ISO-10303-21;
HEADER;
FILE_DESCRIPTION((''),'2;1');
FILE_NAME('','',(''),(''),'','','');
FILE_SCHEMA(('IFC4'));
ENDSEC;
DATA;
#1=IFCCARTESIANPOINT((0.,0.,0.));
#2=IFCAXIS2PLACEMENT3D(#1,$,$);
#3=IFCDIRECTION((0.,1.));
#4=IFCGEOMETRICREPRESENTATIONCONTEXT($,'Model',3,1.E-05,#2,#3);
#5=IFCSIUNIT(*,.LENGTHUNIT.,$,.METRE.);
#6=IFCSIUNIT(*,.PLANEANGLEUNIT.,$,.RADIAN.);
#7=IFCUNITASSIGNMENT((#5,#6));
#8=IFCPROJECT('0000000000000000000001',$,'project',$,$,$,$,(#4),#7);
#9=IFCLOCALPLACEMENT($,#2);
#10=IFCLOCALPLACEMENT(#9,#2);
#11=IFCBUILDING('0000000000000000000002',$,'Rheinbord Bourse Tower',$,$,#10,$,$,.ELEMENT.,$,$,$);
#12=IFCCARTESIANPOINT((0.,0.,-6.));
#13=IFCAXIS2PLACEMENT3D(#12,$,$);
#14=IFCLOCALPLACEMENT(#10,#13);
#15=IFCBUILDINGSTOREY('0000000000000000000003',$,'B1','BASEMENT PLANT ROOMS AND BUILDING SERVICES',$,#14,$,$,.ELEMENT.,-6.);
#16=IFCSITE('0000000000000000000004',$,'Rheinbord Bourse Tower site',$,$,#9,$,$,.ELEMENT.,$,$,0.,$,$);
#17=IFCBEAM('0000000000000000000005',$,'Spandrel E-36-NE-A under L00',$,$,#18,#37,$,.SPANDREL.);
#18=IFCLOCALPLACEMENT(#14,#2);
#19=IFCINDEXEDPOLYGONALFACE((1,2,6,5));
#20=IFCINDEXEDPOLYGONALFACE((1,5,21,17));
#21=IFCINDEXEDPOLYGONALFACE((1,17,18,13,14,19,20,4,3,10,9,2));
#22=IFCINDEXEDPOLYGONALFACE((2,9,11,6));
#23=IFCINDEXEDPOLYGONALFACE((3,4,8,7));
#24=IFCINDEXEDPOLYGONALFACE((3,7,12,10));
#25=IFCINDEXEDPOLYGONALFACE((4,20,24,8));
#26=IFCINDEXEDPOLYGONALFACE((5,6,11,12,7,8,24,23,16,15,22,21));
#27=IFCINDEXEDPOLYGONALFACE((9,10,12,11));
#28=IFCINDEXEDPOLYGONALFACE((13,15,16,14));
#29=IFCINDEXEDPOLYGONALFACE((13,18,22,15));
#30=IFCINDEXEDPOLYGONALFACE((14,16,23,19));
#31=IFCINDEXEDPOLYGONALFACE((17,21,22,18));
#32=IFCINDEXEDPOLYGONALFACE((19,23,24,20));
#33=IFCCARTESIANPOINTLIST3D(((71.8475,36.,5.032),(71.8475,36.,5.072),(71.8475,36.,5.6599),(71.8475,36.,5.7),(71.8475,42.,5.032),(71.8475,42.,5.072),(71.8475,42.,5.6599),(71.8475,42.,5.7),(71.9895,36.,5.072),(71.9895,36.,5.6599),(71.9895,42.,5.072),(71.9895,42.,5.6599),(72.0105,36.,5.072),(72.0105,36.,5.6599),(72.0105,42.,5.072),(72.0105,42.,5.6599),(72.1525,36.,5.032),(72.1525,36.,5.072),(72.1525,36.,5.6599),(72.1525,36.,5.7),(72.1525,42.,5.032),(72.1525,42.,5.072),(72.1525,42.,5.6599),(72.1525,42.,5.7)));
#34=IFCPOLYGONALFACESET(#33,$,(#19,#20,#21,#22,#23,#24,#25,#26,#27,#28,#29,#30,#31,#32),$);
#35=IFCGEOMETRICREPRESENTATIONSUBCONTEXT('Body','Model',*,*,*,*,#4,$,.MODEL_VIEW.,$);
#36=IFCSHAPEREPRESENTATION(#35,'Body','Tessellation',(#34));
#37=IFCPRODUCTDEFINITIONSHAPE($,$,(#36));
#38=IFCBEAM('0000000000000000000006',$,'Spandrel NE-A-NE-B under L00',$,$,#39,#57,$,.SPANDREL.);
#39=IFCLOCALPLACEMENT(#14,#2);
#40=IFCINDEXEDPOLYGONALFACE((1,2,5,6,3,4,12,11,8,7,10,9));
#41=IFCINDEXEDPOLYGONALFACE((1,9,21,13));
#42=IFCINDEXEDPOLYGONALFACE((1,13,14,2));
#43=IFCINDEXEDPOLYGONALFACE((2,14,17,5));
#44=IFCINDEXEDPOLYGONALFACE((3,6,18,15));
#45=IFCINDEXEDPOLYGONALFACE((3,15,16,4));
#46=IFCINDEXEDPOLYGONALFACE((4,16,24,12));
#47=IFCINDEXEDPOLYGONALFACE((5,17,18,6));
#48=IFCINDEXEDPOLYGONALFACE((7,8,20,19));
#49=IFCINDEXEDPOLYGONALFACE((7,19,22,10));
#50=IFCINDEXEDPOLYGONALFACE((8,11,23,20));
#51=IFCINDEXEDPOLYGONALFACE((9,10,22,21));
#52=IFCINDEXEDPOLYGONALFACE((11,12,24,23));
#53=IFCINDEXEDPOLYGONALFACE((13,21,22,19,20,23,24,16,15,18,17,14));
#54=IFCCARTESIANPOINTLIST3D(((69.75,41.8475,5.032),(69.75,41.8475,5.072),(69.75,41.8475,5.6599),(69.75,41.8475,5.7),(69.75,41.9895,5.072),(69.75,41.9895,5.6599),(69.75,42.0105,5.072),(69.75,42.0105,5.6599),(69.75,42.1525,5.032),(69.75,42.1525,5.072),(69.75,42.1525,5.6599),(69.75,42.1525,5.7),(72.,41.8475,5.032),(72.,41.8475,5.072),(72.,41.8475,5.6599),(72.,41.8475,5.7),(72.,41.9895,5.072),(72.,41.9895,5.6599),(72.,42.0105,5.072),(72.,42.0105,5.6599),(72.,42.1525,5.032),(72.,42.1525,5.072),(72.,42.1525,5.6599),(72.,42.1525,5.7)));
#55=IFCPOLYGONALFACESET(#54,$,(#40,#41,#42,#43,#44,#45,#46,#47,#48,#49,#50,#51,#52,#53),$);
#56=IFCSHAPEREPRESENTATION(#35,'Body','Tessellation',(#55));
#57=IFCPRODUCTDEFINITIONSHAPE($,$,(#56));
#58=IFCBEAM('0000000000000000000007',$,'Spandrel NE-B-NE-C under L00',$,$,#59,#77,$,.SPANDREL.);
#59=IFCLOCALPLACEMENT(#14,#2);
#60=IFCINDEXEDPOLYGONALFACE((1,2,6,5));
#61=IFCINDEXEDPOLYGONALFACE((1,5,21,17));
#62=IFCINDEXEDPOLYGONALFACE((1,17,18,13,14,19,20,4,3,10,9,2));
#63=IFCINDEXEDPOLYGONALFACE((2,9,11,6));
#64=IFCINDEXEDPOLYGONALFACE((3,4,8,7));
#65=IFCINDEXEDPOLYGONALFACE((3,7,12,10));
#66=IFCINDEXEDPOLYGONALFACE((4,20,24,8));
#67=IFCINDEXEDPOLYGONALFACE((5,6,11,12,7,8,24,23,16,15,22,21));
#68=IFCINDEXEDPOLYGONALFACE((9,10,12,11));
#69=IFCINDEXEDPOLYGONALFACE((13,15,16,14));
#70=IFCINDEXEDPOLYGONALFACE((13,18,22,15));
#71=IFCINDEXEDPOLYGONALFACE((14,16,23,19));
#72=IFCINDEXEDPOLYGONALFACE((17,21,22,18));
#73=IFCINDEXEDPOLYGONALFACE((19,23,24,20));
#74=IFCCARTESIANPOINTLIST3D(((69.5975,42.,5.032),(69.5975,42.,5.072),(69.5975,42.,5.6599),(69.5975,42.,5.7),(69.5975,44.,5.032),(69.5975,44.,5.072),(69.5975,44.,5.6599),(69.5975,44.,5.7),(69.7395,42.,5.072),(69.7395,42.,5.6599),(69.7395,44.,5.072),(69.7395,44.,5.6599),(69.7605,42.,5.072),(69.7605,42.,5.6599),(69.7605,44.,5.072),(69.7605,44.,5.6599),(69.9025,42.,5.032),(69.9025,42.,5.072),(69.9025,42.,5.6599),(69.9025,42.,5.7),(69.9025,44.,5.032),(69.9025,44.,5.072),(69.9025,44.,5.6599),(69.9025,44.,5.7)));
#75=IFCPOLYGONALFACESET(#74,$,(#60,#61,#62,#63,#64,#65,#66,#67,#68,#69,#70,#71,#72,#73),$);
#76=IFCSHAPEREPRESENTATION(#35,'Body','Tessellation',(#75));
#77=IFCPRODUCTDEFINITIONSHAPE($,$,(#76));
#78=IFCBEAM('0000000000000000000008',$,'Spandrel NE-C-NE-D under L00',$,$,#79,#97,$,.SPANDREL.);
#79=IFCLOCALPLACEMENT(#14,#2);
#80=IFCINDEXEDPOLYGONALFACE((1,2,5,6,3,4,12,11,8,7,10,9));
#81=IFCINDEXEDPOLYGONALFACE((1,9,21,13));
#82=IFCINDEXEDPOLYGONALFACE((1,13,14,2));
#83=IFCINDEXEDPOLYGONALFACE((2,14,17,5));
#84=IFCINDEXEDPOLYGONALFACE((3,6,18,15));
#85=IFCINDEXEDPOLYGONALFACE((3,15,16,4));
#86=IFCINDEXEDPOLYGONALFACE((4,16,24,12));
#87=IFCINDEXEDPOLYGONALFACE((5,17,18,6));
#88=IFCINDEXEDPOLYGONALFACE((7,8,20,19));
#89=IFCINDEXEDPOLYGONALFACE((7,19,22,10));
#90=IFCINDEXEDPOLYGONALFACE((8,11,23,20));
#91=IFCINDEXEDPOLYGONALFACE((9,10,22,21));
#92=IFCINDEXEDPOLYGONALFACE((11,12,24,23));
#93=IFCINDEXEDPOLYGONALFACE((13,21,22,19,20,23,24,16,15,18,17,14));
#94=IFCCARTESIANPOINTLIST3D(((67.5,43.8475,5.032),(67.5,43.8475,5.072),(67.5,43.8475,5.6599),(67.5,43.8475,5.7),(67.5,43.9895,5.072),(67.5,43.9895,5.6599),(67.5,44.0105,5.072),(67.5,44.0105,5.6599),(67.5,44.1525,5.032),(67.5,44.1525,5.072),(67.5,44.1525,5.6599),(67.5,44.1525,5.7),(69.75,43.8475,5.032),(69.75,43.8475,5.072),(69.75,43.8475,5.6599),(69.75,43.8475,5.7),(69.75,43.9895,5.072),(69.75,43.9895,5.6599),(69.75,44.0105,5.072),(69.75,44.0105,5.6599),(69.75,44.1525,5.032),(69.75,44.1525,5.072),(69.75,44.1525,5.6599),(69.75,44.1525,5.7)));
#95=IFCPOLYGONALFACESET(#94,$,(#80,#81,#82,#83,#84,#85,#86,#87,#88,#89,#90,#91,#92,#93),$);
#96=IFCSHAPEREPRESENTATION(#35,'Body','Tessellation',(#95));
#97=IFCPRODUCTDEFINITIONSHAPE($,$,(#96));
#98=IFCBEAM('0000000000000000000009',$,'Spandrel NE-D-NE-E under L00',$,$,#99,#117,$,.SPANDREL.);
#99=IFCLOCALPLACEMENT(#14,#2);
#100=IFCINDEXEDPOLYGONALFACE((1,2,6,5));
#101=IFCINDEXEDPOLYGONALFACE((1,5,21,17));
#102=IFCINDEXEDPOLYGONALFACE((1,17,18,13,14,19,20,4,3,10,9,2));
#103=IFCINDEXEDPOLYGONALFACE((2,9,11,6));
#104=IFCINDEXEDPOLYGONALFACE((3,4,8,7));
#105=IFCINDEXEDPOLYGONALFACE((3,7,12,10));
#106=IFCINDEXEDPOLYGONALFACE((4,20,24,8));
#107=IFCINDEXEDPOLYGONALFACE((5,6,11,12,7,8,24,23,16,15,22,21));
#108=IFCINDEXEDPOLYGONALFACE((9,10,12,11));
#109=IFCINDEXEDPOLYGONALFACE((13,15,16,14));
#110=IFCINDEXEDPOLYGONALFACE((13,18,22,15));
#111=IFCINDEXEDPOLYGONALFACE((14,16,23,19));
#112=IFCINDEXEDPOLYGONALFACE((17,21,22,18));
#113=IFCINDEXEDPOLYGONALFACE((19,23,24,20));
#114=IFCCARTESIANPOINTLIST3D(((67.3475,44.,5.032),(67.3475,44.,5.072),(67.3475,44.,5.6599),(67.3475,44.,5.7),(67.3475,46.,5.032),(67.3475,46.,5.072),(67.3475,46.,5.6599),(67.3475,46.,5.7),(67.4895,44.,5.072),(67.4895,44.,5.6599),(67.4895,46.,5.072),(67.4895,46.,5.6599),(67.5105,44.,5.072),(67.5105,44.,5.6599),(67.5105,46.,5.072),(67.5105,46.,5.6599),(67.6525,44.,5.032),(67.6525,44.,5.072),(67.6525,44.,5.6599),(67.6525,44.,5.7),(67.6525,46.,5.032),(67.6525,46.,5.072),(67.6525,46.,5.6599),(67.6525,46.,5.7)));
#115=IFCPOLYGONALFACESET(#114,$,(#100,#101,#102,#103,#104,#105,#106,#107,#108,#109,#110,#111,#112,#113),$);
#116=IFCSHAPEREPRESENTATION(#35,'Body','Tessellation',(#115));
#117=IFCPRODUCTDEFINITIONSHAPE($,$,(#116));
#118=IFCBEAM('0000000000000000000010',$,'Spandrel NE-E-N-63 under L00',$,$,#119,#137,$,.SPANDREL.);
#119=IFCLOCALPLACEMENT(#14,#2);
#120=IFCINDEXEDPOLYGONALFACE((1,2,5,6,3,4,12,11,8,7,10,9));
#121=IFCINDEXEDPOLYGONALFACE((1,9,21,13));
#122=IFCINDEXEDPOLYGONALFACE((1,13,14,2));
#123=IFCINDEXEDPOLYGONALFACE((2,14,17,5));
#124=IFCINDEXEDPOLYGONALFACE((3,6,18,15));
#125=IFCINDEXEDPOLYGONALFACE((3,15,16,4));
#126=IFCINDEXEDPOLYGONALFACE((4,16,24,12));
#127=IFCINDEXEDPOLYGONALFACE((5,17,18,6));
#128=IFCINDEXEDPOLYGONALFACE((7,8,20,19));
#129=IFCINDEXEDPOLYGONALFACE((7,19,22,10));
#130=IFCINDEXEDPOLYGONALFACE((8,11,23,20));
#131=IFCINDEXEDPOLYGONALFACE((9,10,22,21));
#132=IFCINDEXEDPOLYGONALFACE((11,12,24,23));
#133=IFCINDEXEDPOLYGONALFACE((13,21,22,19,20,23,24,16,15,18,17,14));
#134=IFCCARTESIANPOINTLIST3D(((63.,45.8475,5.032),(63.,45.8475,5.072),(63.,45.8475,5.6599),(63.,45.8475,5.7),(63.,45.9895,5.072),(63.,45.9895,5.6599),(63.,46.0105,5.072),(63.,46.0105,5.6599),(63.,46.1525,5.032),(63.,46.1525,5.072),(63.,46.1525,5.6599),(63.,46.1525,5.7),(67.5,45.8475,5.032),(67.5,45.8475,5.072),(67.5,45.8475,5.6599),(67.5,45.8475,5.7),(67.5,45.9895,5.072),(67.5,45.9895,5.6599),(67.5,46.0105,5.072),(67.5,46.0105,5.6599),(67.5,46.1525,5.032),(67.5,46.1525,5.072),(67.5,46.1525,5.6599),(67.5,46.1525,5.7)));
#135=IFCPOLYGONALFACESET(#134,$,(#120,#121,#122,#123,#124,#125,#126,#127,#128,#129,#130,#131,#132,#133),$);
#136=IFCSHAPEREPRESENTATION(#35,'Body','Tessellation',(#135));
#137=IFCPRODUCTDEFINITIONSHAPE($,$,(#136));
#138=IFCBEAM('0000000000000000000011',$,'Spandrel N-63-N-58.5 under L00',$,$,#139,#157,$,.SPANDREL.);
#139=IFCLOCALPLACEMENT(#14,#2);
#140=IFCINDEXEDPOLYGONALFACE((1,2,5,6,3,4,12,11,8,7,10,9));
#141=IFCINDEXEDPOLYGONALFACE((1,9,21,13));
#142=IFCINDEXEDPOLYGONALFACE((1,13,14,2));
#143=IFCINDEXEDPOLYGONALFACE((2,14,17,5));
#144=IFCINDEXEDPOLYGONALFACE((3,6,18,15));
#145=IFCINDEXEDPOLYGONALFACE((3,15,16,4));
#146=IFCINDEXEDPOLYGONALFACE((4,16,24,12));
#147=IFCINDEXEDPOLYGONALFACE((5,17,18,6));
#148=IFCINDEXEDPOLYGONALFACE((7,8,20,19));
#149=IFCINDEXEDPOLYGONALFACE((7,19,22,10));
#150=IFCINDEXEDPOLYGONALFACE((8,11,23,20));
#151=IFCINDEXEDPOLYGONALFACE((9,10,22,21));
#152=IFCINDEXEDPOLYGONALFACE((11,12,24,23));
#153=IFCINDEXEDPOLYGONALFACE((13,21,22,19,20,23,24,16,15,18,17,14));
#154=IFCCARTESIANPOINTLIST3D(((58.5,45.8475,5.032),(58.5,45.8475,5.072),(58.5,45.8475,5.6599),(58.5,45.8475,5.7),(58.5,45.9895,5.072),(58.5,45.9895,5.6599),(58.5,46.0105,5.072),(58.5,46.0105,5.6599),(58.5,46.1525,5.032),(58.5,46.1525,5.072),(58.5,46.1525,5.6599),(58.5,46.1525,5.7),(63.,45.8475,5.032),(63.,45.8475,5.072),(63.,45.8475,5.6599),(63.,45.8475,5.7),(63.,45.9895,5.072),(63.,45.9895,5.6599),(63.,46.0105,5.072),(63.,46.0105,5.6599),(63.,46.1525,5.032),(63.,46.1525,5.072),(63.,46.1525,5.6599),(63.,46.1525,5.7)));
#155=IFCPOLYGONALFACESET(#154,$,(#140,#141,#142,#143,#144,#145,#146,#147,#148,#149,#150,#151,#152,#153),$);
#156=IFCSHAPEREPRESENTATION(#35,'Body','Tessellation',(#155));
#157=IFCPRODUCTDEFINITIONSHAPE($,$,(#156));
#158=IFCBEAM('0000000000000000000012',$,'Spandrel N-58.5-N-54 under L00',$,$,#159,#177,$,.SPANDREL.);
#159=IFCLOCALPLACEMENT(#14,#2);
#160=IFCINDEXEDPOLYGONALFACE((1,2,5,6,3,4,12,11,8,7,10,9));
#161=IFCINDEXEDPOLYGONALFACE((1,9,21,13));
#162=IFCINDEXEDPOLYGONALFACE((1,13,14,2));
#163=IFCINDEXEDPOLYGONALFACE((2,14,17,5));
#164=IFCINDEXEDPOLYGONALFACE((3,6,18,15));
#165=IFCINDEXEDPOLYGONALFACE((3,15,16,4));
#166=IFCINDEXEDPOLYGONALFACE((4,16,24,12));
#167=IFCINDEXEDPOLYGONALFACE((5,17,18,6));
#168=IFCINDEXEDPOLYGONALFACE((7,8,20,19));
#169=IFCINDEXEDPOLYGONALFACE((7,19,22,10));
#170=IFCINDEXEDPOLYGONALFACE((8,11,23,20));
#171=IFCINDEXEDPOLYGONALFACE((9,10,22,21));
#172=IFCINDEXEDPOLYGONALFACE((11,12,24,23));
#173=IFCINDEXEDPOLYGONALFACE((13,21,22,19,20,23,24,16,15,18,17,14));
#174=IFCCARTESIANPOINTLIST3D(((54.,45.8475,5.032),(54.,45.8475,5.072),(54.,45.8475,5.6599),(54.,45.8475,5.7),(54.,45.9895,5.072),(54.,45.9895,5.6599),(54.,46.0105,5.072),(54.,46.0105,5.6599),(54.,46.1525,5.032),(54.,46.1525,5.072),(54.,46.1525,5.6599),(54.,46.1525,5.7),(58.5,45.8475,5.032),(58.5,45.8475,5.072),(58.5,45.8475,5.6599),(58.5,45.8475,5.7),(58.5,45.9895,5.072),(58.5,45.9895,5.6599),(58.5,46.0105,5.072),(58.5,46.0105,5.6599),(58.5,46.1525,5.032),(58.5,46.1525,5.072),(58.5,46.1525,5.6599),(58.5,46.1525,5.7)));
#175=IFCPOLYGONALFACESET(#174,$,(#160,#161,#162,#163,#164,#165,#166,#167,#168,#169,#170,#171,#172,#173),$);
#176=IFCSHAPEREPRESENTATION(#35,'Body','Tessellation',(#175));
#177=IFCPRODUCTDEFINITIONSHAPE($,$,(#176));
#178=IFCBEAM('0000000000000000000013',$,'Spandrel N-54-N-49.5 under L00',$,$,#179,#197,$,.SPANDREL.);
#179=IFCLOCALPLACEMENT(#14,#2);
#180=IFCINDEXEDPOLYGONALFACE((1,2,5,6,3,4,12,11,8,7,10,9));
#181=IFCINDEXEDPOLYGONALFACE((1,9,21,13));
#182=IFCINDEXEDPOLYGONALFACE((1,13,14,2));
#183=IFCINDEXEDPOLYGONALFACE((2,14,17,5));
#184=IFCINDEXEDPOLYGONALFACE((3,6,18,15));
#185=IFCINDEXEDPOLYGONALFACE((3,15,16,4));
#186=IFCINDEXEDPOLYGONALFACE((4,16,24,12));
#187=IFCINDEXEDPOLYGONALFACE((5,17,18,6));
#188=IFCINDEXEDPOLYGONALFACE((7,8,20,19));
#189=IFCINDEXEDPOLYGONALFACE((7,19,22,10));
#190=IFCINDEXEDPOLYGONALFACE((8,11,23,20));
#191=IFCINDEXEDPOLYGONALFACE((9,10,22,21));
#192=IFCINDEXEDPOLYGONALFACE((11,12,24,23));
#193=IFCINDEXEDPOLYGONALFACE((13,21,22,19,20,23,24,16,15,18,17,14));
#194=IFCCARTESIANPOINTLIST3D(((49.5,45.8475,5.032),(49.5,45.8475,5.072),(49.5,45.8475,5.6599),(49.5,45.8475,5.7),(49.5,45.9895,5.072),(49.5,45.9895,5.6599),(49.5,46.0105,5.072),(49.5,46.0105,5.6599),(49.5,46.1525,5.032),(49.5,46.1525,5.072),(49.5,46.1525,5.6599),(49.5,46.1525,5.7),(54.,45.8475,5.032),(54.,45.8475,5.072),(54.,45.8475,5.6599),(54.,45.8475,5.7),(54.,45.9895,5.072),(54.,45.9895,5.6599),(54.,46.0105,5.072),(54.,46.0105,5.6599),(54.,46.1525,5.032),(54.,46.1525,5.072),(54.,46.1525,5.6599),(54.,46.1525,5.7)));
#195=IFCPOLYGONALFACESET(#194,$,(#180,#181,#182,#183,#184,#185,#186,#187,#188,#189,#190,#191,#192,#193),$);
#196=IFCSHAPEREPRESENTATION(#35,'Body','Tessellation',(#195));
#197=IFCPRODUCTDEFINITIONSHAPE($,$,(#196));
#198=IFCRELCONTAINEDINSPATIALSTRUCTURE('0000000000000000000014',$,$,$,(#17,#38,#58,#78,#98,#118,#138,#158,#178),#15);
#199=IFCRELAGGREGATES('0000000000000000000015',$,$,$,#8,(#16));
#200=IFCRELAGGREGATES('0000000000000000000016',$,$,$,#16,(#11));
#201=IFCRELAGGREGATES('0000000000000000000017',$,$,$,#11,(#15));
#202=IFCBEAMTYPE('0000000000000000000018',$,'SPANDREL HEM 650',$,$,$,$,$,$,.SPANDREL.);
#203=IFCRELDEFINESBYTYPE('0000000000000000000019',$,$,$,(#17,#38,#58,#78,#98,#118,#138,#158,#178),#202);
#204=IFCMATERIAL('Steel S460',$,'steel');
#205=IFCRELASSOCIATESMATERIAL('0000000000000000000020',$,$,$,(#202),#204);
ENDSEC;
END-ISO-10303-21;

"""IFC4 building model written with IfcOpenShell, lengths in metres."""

from ifc_helpers import new_model, si_unit, direction, frame, origin, origin_2d, place, context, subcontext, project, spatial, i_section, extrude, material, material_profile, profile_set, type_object, element, save


model = new_model("IFC4")

# Units and contexts
model_context = context("Model", 3, precision=1e-05, world=origin(), true_north=direction((0.0, 1.0)))
body_context = subcontext(model_context, "Body", "Model", "MODEL_VIEW")
ifc_project = project(units=[si_unit("LENGTHUNIT", "METRE"), si_unit("PLANEANGLEUNIT", "RADIAN")], contexts=[model_context])

# Site, building, storey
site_placement = place(None, origin())
site = spatial("IfcSite", under=ifc_project, at=site_placement, Name="Rheinbord Bourse Tower site", CompositionType="ELEMENT", RefElevation=0.0)
building_placement = place(site_placement, origin())
building = spatial("IfcBuilding", under=site, at=building_placement, Name="Rheinbord Bourse Tower", CompositionType="ELEMENT")
storey_placement = place(building_placement, frame((0.0, 0.0, -6.0)))
storey = spatial("IfcBuildingStorey", under=building, at=storey_placement, Name="B1", Description="BASEMENT PLANT ROOMS AND BUILDING SERVICES", CompositionType="ELEMENT", Elevation=-6.0)

# Beams
ifc_material_1 = material(Name="Steel S460", Category="steel")
ifc_material_profile_1 = material_profile(ifc_material_1, i_section(OverallWidth=0.3049, OverallDepth=0.668, WebThickness=0.021, FlangeThickness=0.04, at=origin_2d()), Name="HEM 650")
ifc_profile_set_1 = profile_set([ifc_material_profile_1], Name="Steel S460")
beam_type_1 = type_object("IfcBeamType", Name="SPANDREL HEM 650", PredefinedType="SPANDREL", material=ifc_profile_set_1)
beam_1_placement = place(storey_placement, frame((72.0, 36.0, 5.366), z_axis=(0.0, 1.0, 0.0), x_axis=(-1.0, 0.0, 0.0)))
element("IfcBeam", 1, at=beam_1_placement, inside=storey, type_object=beam_type_1, Name="Spandrel E-36-NE-A under L00", PredefinedType="SPANDREL", context=body_context, shape_type="SweptSolid", body=[
    extrude(i_section(OverallWidth=0.3049, OverallDepth=0.668, WebThickness=0.021, FlangeThickness=0.04, at=origin_2d()), origin(), (0.0, 0.0, 1.0), 6.0),
])
beam_2_placement = place(storey_placement, frame((72.0, 42.0, 5.366), z_axis=(-1.0, 0.0, 0.0), x_axis=(0.0, -1.0, 0.0)))
element("IfcBeam", 2, at=beam_2_placement, inside=storey, type_object=beam_type_1, Name="Spandrel NE-A-NE-B under L00", PredefinedType="SPANDREL", context=body_context, shape_type="SweptSolid", body=[
    extrude(i_section(OverallWidth=0.3049, OverallDepth=0.668, WebThickness=0.021, FlangeThickness=0.04, at=origin_2d()), origin(), (0.0, 0.0, 1.0), 2.25),
])
beam_3_placement = place(storey_placement, frame((69.75, 42.0, 5.366), z_axis=(0.0, 1.0, 0.0), x_axis=(-1.0, 0.0, 0.0)))
element("IfcBeam", 3, at=beam_3_placement, inside=storey, type_object=beam_type_1, Name="Spandrel NE-B-NE-C under L00", PredefinedType="SPANDREL", context=body_context, shape_type="SweptSolid", body=[
    extrude(i_section(OverallWidth=0.3049, OverallDepth=0.668, WebThickness=0.021, FlangeThickness=0.04, at=origin_2d()), origin(), (0.0, 0.0, 1.0), 2.0),
])
beam_4_placement = place(storey_placement, frame((69.75, 44.0, 5.366), z_axis=(-1.0, 0.0, 0.0), x_axis=(0.0, -1.0, 0.0)))
element("IfcBeam", 4, at=beam_4_placement, inside=storey, type_object=beam_type_1, Name="Spandrel NE-C-NE-D under L00", PredefinedType="SPANDREL", context=body_context, shape_type="SweptSolid", body=[
    extrude(i_section(OverallWidth=0.3049, OverallDepth=0.668, WebThickness=0.021, FlangeThickness=0.04, at=origin_2d()), origin(), (0.0, 0.0, 1.0), 2.25),
])
beam_5_placement = place(storey_placement, frame((67.5, 44.0, 5.366), z_axis=(0.0, 1.0, 0.0), x_axis=(-1.0, 0.0, 0.0)))
element("IfcBeam", 5, at=beam_5_placement, inside=storey, type_object=beam_type_1, Name="Spandrel NE-D-NE-E under L00", PredefinedType="SPANDREL", context=body_context, shape_type="SweptSolid", body=[
    extrude(i_section(OverallWidth=0.3049, OverallDepth=0.668, WebThickness=0.021, FlangeThickness=0.04, at=origin_2d()), origin(), (0.0, 0.0, 1.0), 2.0),
])
for number, where, z_axis, x_axis, name in (
    (6, (67.5, 46.0, 5.366), (-1.0, 0.0, 0.0), (0.0, -1.0, 0.0), "Spandrel NE-E-N-63 under L00"),
    (7, (63.0, 46.0, 5.366), (-1.0, 0.0, 0.0), (0.0, -1.0, 0.0), "Spandrel N-63-N-58.5 under L00"),
    (8, (58.5, 46.0, 5.366), (-1.0, 0.0, 0.0), (0.0, -1.0, 0.0), "Spandrel N-58.5-N-54 under L00"),
    (9, (54.0, 46.0, 5.366), (-1.0, 0.0, 0.0), (0.0, -1.0, 0.0), "Spandrel N-54-N-49.5 under L00"),
):
    element("IfcBeam", number, at=place(storey_placement, frame(where, z_axis=z_axis, x_axis=x_axis)), inside=storey, type_object=beam_type_1, Name=name, PredefinedType="SPANDREL", context=body_context, shape_type="SweptSolid", body=[
        extrude(i_section(OverallWidth=0.3049, OverallDepth=0.668, WebThickness=0.021, FlangeThickness=0.04, at=origin_2d()), origin(), (0.0, 0.0, 1.0), 4.5),
    ])

save(model, "model.ifc")
